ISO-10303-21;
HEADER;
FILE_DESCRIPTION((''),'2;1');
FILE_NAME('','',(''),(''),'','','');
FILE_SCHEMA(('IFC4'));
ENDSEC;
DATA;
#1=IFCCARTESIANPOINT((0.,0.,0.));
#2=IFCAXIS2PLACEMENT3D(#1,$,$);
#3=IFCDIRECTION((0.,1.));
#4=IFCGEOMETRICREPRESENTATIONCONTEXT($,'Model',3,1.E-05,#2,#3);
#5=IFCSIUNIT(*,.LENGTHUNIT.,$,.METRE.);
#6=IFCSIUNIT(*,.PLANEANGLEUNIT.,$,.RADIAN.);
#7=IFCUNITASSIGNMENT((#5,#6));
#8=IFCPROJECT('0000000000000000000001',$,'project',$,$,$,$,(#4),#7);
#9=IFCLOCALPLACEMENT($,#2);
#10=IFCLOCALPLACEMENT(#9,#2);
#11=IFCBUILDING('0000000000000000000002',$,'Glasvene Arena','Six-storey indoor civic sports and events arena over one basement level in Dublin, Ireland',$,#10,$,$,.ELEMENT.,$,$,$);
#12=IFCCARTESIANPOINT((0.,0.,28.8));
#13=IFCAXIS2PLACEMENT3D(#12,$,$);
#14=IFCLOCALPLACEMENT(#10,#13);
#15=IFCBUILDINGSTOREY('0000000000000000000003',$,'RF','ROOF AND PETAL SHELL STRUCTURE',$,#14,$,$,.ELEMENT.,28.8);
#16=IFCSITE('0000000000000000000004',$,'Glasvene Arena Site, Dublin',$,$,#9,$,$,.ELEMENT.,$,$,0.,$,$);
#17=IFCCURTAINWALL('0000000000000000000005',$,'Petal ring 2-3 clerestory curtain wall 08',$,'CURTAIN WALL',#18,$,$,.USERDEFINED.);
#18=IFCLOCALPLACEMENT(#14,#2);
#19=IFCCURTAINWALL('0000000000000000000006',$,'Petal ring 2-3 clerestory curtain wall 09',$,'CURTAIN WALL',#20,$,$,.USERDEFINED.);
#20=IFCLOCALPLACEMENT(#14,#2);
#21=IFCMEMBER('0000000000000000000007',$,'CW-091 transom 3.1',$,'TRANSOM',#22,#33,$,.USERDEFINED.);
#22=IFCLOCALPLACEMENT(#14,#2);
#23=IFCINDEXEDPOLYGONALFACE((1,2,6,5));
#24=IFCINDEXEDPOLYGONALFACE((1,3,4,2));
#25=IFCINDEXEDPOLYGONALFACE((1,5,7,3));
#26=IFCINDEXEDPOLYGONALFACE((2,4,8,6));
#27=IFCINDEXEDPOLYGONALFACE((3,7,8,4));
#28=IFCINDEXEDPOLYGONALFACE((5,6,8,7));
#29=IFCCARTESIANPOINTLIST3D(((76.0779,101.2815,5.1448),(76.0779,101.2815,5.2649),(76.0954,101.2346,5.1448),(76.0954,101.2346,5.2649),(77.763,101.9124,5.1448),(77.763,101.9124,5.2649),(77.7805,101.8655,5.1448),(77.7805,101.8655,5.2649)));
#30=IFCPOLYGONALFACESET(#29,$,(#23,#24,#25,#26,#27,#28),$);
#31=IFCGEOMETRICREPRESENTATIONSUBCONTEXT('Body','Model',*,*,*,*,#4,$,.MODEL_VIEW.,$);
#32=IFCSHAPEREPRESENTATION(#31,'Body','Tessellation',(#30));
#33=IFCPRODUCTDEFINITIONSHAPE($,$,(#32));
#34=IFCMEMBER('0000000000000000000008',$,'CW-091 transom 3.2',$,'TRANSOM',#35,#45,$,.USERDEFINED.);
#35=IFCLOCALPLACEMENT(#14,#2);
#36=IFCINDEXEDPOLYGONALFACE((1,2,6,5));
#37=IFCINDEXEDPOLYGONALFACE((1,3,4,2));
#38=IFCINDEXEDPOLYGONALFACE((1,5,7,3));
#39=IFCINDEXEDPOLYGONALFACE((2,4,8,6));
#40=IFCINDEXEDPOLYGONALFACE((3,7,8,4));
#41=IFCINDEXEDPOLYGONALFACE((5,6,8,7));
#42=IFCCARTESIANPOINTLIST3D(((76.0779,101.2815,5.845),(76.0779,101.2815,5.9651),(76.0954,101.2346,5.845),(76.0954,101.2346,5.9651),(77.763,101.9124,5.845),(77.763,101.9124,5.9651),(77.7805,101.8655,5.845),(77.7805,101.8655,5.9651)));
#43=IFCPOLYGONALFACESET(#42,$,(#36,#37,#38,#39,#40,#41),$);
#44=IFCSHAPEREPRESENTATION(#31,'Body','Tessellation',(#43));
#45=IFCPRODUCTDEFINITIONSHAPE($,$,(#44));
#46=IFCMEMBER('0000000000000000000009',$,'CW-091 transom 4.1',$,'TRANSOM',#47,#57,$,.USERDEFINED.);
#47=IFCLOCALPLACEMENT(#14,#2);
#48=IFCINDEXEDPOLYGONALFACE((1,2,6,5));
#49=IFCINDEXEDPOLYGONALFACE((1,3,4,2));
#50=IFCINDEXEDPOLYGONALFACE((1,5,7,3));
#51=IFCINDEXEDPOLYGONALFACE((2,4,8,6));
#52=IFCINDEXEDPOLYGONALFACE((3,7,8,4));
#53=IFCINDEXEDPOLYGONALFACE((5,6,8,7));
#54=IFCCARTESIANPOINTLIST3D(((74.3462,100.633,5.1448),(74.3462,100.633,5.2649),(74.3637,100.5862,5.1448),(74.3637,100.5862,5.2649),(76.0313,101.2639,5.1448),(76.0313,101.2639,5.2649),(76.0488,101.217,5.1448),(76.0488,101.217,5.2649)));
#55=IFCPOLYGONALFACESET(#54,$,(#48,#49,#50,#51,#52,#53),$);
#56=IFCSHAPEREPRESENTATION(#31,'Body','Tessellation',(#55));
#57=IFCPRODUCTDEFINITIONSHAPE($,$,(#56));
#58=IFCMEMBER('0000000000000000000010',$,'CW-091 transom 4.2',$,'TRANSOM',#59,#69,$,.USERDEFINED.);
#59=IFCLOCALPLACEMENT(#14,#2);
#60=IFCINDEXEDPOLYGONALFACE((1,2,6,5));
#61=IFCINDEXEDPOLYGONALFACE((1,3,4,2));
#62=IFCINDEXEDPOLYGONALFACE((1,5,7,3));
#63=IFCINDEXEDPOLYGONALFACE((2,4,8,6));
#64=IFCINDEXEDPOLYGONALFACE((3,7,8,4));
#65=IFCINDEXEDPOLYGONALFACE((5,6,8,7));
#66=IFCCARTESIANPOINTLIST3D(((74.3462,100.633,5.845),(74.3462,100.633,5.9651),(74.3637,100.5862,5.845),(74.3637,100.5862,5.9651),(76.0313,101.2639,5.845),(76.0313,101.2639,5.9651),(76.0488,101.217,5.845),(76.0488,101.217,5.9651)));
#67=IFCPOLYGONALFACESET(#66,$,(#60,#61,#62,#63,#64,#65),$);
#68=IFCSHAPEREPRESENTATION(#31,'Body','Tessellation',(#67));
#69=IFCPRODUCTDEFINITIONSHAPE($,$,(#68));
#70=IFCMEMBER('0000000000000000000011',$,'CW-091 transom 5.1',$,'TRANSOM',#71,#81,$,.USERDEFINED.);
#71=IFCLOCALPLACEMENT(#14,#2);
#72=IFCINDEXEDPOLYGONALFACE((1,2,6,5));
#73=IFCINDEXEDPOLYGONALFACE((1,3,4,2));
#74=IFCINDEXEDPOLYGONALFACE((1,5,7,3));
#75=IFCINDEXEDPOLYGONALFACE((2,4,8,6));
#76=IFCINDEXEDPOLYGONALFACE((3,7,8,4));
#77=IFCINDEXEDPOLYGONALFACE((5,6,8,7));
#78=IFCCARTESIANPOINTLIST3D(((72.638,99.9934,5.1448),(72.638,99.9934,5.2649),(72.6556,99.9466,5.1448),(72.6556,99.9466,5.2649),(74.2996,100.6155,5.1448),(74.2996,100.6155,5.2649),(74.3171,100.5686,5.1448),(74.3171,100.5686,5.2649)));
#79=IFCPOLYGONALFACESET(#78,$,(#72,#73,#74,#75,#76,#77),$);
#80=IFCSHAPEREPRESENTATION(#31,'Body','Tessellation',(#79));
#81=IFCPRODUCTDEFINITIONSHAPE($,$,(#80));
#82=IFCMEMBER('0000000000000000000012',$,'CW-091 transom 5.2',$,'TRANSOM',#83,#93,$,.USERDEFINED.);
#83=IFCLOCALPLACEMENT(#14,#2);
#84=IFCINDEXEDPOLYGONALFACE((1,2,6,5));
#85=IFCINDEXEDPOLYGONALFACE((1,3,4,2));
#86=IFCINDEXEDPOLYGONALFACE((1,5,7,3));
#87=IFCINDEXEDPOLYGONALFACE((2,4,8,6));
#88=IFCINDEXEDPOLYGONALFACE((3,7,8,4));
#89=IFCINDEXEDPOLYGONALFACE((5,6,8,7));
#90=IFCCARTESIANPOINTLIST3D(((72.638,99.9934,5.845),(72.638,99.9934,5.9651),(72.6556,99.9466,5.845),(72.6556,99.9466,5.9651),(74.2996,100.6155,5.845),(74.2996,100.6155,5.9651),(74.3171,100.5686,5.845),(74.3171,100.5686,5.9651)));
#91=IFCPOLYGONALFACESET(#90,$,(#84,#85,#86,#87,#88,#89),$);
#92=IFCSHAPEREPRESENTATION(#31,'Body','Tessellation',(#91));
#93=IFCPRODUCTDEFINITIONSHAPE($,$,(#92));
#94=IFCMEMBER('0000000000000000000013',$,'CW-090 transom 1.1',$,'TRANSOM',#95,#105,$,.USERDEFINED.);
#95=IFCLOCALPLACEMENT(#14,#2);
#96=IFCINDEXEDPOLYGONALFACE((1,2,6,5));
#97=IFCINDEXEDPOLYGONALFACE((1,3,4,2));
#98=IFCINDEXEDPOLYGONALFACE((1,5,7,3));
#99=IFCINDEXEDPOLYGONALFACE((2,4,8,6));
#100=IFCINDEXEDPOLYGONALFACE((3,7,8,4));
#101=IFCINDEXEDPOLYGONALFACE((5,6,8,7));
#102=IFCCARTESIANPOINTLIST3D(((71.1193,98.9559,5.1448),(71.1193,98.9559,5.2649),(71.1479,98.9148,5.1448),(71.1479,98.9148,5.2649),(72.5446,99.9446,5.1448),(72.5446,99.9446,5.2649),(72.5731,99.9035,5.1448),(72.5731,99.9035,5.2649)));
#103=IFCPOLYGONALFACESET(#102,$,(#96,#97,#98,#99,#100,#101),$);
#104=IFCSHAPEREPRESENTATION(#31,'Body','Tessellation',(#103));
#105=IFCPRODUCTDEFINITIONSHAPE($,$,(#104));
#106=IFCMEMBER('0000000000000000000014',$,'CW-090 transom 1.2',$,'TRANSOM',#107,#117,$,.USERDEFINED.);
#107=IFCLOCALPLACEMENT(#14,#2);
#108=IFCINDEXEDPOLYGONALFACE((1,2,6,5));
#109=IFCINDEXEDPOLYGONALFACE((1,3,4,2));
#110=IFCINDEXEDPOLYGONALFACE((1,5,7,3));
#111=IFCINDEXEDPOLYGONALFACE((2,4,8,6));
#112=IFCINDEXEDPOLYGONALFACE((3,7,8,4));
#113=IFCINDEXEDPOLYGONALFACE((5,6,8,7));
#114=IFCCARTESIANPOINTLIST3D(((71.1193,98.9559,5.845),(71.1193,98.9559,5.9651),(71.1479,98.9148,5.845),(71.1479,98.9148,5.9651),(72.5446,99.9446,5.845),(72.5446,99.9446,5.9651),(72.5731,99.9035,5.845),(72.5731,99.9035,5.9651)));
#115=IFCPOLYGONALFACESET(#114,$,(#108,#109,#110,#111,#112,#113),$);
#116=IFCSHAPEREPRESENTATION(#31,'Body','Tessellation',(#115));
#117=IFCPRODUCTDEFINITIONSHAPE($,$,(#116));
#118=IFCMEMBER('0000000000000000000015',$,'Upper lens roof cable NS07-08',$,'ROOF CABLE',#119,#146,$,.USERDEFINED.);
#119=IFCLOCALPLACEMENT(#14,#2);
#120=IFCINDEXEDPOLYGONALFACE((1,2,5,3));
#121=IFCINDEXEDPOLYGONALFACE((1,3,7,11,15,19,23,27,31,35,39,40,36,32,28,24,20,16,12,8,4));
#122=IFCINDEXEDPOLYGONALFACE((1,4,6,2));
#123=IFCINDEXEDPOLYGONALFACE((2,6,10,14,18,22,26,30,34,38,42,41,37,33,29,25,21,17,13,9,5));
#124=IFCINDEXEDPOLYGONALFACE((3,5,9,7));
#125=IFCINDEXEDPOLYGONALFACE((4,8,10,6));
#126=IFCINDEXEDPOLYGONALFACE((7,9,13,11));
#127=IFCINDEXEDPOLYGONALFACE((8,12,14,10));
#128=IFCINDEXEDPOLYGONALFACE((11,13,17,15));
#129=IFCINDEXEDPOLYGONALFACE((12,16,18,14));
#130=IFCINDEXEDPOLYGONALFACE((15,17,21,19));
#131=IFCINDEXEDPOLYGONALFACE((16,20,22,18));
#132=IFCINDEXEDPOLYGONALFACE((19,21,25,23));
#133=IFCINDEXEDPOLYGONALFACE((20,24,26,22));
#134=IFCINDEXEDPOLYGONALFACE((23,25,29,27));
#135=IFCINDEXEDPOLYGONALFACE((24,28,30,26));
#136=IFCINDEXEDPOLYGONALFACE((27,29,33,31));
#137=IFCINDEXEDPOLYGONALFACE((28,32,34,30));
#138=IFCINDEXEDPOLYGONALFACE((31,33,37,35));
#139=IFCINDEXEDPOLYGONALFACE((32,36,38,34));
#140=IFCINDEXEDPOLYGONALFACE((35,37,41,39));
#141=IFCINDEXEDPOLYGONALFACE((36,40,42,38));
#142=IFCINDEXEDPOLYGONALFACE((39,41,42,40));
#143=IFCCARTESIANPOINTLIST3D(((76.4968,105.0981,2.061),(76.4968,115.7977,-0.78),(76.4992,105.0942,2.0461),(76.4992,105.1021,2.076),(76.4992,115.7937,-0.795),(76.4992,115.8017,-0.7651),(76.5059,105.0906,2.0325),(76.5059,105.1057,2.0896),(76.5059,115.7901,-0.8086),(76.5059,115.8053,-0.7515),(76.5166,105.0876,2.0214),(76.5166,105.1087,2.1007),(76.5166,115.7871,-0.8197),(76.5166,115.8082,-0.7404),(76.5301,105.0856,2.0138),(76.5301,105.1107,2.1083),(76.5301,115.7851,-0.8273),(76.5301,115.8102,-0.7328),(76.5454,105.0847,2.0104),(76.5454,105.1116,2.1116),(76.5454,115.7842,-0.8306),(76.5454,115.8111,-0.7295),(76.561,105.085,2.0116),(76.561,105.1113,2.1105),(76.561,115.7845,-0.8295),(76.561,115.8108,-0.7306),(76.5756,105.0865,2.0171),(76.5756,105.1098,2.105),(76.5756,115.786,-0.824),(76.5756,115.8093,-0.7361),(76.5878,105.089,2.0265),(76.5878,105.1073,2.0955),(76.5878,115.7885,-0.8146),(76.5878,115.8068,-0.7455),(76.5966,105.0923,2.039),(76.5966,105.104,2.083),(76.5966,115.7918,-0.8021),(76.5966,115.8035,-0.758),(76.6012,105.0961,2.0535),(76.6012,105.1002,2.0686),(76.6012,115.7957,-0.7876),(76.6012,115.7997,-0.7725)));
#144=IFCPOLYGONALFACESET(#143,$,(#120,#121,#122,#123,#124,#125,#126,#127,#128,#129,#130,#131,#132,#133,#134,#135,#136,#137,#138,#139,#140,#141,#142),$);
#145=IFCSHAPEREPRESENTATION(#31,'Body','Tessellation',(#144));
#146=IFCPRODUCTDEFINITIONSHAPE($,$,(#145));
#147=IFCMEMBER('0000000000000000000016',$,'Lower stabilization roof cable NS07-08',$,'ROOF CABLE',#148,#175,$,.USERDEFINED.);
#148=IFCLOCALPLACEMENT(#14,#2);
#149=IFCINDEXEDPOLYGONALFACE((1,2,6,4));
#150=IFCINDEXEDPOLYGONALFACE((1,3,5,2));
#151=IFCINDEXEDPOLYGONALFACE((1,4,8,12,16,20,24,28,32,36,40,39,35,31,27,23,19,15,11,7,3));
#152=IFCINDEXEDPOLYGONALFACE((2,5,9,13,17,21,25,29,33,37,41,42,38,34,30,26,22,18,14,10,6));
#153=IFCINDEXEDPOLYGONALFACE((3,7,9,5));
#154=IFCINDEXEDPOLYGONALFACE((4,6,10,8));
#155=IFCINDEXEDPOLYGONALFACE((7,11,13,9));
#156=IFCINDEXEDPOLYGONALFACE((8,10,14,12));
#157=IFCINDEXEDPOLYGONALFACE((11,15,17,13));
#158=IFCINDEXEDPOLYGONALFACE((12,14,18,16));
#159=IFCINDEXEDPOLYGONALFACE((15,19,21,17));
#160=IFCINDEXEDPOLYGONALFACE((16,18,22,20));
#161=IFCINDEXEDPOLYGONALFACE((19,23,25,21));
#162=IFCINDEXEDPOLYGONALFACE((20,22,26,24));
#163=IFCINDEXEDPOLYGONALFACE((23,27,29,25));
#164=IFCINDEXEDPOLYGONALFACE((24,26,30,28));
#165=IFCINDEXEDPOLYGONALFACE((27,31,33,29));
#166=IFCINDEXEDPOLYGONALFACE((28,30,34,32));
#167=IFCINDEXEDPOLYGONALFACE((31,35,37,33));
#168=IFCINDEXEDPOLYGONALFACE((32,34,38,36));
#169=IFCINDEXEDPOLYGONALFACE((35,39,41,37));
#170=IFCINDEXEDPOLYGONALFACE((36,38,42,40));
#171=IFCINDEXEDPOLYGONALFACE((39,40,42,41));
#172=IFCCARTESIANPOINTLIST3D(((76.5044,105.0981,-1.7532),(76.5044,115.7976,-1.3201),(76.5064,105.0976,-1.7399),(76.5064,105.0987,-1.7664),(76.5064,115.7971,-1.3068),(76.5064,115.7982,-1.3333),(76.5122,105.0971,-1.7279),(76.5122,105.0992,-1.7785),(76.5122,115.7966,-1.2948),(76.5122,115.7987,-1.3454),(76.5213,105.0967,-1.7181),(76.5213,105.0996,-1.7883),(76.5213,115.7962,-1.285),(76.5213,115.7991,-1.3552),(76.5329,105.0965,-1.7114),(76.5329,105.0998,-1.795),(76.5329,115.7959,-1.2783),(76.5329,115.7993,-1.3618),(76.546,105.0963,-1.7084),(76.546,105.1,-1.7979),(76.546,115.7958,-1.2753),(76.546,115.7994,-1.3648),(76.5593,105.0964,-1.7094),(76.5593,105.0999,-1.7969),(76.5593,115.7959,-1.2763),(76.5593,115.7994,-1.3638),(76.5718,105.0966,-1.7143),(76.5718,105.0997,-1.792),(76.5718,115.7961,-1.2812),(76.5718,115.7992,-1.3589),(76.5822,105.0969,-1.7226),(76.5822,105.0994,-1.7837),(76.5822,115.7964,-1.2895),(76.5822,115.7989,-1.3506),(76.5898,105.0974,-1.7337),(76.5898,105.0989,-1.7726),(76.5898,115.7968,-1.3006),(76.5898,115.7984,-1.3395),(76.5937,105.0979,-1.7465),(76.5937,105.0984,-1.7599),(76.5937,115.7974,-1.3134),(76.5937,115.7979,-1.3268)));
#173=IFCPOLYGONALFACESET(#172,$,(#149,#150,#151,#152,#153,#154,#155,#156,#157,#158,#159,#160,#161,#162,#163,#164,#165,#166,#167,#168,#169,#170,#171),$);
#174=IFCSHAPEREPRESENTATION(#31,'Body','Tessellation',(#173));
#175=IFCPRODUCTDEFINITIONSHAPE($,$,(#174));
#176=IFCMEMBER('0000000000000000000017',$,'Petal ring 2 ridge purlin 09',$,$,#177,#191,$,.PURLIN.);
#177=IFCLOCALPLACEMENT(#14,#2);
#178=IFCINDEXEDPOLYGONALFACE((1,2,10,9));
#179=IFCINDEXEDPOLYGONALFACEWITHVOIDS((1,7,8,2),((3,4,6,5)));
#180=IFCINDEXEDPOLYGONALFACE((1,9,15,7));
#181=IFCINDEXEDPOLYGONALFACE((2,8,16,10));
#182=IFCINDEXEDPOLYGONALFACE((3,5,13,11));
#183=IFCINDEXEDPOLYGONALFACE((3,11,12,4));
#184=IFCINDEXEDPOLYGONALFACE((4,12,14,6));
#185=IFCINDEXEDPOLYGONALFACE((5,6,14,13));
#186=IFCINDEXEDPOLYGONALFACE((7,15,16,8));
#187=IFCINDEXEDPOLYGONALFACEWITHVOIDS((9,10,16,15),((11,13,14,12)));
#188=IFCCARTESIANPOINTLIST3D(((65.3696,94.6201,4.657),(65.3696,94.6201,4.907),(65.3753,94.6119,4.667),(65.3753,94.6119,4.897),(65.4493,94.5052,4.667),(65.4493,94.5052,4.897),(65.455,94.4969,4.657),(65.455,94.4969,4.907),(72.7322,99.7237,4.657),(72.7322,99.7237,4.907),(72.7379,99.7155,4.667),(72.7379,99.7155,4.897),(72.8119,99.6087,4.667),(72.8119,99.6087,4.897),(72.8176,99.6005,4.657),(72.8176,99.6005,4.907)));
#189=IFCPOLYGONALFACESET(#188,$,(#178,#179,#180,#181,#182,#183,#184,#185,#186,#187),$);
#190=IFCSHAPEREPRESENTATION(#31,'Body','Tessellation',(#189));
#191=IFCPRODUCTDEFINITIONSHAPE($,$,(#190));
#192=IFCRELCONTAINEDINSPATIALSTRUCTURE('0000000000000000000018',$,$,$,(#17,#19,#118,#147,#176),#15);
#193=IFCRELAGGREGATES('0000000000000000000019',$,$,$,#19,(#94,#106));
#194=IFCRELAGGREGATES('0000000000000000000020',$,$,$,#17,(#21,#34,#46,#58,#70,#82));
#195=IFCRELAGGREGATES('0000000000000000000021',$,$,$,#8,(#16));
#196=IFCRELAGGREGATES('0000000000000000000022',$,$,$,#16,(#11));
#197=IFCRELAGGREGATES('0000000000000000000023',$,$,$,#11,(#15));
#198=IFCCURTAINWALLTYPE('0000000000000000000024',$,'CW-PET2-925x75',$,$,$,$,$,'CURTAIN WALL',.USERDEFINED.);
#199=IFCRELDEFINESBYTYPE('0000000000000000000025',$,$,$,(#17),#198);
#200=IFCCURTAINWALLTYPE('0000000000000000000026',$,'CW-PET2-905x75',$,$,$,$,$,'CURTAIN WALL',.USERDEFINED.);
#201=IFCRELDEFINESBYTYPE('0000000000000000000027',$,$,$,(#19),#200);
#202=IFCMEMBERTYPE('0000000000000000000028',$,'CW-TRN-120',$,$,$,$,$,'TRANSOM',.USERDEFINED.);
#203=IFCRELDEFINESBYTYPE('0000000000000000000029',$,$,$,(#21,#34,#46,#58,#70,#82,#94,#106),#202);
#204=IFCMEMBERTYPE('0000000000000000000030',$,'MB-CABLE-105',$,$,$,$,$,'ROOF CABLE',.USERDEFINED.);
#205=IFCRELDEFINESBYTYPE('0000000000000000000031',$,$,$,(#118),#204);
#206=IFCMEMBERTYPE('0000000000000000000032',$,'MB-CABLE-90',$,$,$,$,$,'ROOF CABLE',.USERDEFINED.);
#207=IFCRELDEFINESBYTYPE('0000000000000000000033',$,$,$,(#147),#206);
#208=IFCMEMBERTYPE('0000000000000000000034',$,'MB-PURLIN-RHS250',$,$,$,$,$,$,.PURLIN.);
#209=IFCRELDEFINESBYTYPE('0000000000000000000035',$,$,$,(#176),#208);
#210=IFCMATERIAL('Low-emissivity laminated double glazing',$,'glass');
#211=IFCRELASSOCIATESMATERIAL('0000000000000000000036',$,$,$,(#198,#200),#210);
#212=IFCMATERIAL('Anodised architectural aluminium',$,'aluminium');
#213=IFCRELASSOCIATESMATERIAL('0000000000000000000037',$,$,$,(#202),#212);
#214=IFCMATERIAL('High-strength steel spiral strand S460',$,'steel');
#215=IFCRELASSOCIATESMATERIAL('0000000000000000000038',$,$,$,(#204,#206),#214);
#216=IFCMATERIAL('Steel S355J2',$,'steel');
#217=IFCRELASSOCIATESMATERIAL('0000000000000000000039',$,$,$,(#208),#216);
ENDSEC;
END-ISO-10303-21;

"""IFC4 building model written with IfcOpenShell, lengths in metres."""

from ifc_helpers import new_model, si_unit, direction, frame, origin, origin_2d, place, context, subcontext, project, spatial, rectangle, hollow_rectangle, circle, extrude, material, material_profile, profile_set, type_object, element, aggregate, save


model = new_model("IFC4")

# Units and contexts
model_context = context("Model", 3, precision=1e-05, world=origin(), true_north=direction((0.0, 1.0)))
body_context = subcontext(model_context, "Body", "Model", "MODEL_VIEW")
ifc_project = project(units=[si_unit("LENGTHUNIT", "METRE"), si_unit("PLANEANGLEUNIT", "RADIAN")], contexts=[model_context])

# Site, building, storey
site_placement = place(None, origin())
site = spatial("IfcSite", under=ifc_project, at=site_placement, Name="Glasvene Arena Site, Dublin", CompositionType="ELEMENT", RefElevation=0.0)
building_placement = place(site_placement, origin())
building = spatial("IfcBuilding", under=site, at=building_placement, Name="Glasvene Arena", Description="Six-storey indoor civic sports and events arena over one basement level in Dublin, Ireland", CompositionType="ELEMENT")
storey_placement = place(building_placement, frame((0.0, 0.0, 28.8)))
storey = spatial("IfcBuildingStorey", under=building, at=storey_placement, Name="RF", Description="ROOF AND PETAL SHELL STRUCTURE", CompositionType="ELEMENT", Elevation=28.8)

# Curtain wall
ifc_material_1 = material(Name="Low-emissivity laminated double glazing", Category="glass")
ifc_material_2 = material(Name="Anodised architectural aluminium", Category="aluminium")
curtain_wall_type_1 = type_object("IfcCurtainWallType", Name="CW-PET2-925x75", ElementType="CURTAIN WALL", PredefinedType="USERDEFINED", material=ifc_material_1)
curtain_wall_1_placement = place(storey_placement, frame((81.2583, 103.1943, 0.0)))
curtain_wall_1 = element("IfcCurtainWall", 1, at=curtain_wall_1_placement, inside=storey, type_object=curtain_wall_type_1, Name="Petal ring 2-3 clerestory curtain wall 08", ObjectType="CURTAIN WALL", PredefinedType="USERDEFINED")

# Curtain wall
curtain_wall_type_2 = type_object("IfcCurtainWallType", Name="CW-PET2-905x75", ElementType="CURTAIN WALL", PredefinedType="USERDEFINED", material=ifc_material_1)
curtain_wall_2_placement = place(storey_placement, frame((72.6001, 99.9524, 0.0)))
curtain_wall_2 = element("IfcCurtainWall", 2, at=curtain_wall_2_placement, inside=storey, type_object=curtain_wall_type_2, Name="Petal ring 2-3 clerestory curtain wall 09", ObjectType="CURTAIN WALL", PredefinedType="USERDEFINED")

# Members
ifc_material_profile_1 = material_profile(ifc_material_2, rectangle(XDim=0.05, YDim=0.1201, at=origin_2d()), Name="ALU TRANSOM 50x120")
ifc_profile_set_1 = profile_set([ifc_material_profile_1], Name="Anodised architectural aluminium")
member_type_1 = type_object("IfcMemberType", Name="CW-TRN-120", ElementType="TRANSOM", PredefinedType="USERDEFINED", material=ifc_profile_set_1)
member_1_placement = place(storey_placement, frame((77.7717, 101.8889, 5.2048), z_axis=(-0.936519, -0.350618, 0.0), x_axis=(0.350618, -0.936519, 0.0)))
member_1 = element("IfcMember", 3, at=member_1_placement, type_object=member_type_1, Name="CW-091 transom 3.1", ObjectType="TRANSOM", PredefinedType="USERDEFINED", context=body_context, shape_type="SweptSolid", body=[
    extrude(rectangle(XDim=0.05, YDim=0.1201, at=origin_2d()), origin(), (0.0, 0.0, 1.0), 1.7993),
])
member_2_placement = place(storey_placement, frame((77.7717, 101.8889, 5.905), z_axis=(-0.936519, -0.350618, 0.0), x_axis=(0.350618, -0.936519, 0.0)))
member_2 = element("IfcMember", 4, at=member_2_placement, type_object=member_type_1, Name="CW-091 transom 3.2", ObjectType="TRANSOM", PredefinedType="USERDEFINED", context=body_context, shape_type="SweptSolid", body=[
    extrude(rectangle(XDim=0.05, YDim=0.1201, at=origin_2d()), origin(), (0.0, 0.0, 1.0), 1.7993),
])
member_3_placement = place(storey_placement, frame((76.04, 101.2405, 5.2048), z_axis=(-0.936519, -0.350618, 0.0), x_axis=(0.350618, -0.936519, 0.0)))
member_3 = element("IfcMember", 5, at=member_3_placement, type_object=member_type_1, Name="CW-091 transom 4.1", ObjectType="TRANSOM", PredefinedType="USERDEFINED", context=body_context, shape_type="SweptSolid", body=[
    extrude(rectangle(XDim=0.05, YDim=0.1201, at=origin_2d()), origin(), (0.0, 0.0, 1.0), 1.7993),
])
member_4_placement = place(storey_placement, frame((76.04, 101.2405, 5.905), z_axis=(-0.936519, -0.350618, 0.0), x_axis=(0.350618, -0.936519, 0.0)))
member_4 = element("IfcMember", 6, at=member_4_placement, type_object=member_type_1, Name="CW-091 transom 4.2", ObjectType="TRANSOM", PredefinedType="USERDEFINED", context=body_context, shape_type="SweptSolid", body=[
    extrude(rectangle(XDim=0.05, YDim=0.1201, at=origin_2d()), origin(), (0.0, 0.0, 1.0), 1.7993),
])
member_5_placement = place(storey_placement, frame((74.3083, 100.592, 5.2048), z_axis=(-0.936521, -0.350611, 0.0), x_axis=(0.350611, -0.936521, 0.0)))
member_5 = element("IfcMember", 7, at=member_5_placement, type_object=member_type_1, Name="CW-091 transom 5.1", ObjectType="TRANSOM", PredefinedType="USERDEFINED", context=body_context, shape_type="SweptSolid", body=[
    extrude(rectangle(XDim=0.05, YDim=0.1201, at=origin_2d()), origin(), (0.0, 0.0, 1.0), 1.7742),
])
member_6_placement = place(storey_placement, frame((74.3083, 100.592, 5.905), z_axis=(-0.936521, -0.350611, 0.0), x_axis=(0.350611, -0.936521, 0.0)))
member_6 = element("IfcMember", 8, at=member_6_placement, type_object=member_type_1, Name="CW-091 transom 5.2", ObjectType="TRANSOM", PredefinedType="USERDEFINED", context=body_context, shape_type="SweptSolid", body=[
    extrude(rectangle(XDim=0.05, YDim=0.1201, at=origin_2d()), origin(), (0.0, 0.0, 1.0), 1.7742),
])
member_7_placement = place(storey_placement, frame((72.5588, 99.9241, 5.2048), z_axis=(-0.821645, -0.57, 0.0), x_axis=(0.57, -0.821645, 0.0)))
member_7 = element("IfcMember", 9, at=member_7_placement, type_object=member_type_1, Name="CW-090 transom 1.1", ObjectType="TRANSOM", PredefinedType="USERDEFINED", context=body_context, shape_type="SweptSolid", body=[
    extrude(rectangle(XDim=0.05, YDim=0.1201, at=origin_2d()), origin(), (0.0, 0.0, 1.0), 1.7346),
])
member_8_placement = place(storey_placement, frame((72.5588, 99.9241, 5.905), z_axis=(-0.821645, -0.57, 0.0), x_axis=(0.57, -0.821645, 0.0)))
member_8 = element("IfcMember", 10, at=member_8_placement, type_object=member_type_1, Name="CW-090 transom 1.2", ObjectType="TRANSOM", PredefinedType="USERDEFINED", context=body_context, shape_type="SweptSolid", body=[
    extrude(rectangle(XDim=0.05, YDim=0.1201, at=origin_2d()), origin(), (0.0, 0.0, 1.0), 1.7346),
])
aggregate(curtain_wall_2, [member_7, member_8])

# Members
ifc_material_3 = material(Name="High-strength steel spiral strand S460", Category="steel")
ifc_material_profile_2 = material_profile(ifc_material_3, circle(Radius=0.0525, at=origin_2d()), Name="LCSS D105")
ifc_profile_set_2 = profile_set([ifc_material_profile_2], Name="High-strength steel spiral strand S460")
member_type_2 = type_object("IfcMemberType", Name="MB-CABLE-105", ElementType="ROOF CABLE", PredefinedType="USERDEFINED", material=ifc_profile_set_2)
member_9_placement = place(storey_placement, frame((76.5493, 105.0981, 2.061), z_axis=(0.0, 0.966507, -0.25664), x_axis=(-1.0, 0.0, 0.0)))
element("IfcMember", 11, at=member_9_placement, inside=storey, type_object=member_type_2, Name="Upper lens roof cable NS07-08", ObjectType="ROOF CABLE", PredefinedType="USERDEFINED", context=body_context, shape_type="SweptSolid", body=[
    extrude(circle(Radius=0.0525, at=origin_2d()), origin(), (0.0, 0.0, 1.0), 11.0703),
])
ifc_material_profile_3 = material_profile(ifc_material_3, circle(Radius=0.0449, at=origin_2d()), Name="LCSS D90")
ifc_profile_set_3 = profile_set([ifc_material_profile_3], Name="High-strength steel spiral strand S460")
member_type_3 = type_object("IfcMemberType", Name="MB-CABLE-90", ElementType="ROOF CABLE", PredefinedType="USERDEFINED", material=ifc_profile_set_3)
member_10_placement = place(storey_placement, frame((76.5493, 105.0981, -1.7532), z_axis=(0.0, 0.999182, 0.040446), x_axis=(-1.0, 0.0, 0.0)))
element("IfcMember", 12, at=member_10_placement, inside=storey, type_object=member_type_3, Name="Lower stabilization roof cable NS07-08", ObjectType="ROOF CABLE", PredefinedType="USERDEFINED", context=body_context, shape_type="SweptSolid", body=[
    extrude(circle(Radius=0.0449, at=origin_2d()), origin(), (0.0, 0.0, 1.0), 10.7083),
])
ifc_material_4 = material(Name="Steel S355J2", Category="steel")
ifc_material_profile_4 = material_profile(ifc_material_4, hollow_rectangle(XDim=0.1499, YDim=0.25, WallThickness=0.01, at=origin_2d()), Name="RHS 250x150x10.0")
ifc_profile_set_4 = profile_set([ifc_material_profile_4], Name="Steel S355J2")
member_type_4 = type_object("IfcMemberType", Name="MB-PURLIN-RHS250", PredefinedType="PURLIN", material=ifc_profile_set_4)
member_11_placement = place(storey_placement, frame((72.7749, 99.6621, 4.782), z_axis=(-0.821859, -0.56969, 0.0), x_axis=(0.56969, -0.821859, 0.0)))
element("IfcMember", 13, at=member_11_placement, inside=storey, type_object=member_type_4, Name="Petal ring 2 ridge purlin 09", PredefinedType="PURLIN", context=body_context, shape_type="SweptSolid", body=[
    extrude(hollow_rectangle(XDim=0.1499, YDim=0.25, WallThickness=0.01, at=origin_2d()), origin(), (0.0, 0.0, 1.0), 8.9585),
])

aggregate(curtain_wall_1, [member_1, member_2, member_3, member_4, member_5, member_6])

save(model, "model.ifc")
